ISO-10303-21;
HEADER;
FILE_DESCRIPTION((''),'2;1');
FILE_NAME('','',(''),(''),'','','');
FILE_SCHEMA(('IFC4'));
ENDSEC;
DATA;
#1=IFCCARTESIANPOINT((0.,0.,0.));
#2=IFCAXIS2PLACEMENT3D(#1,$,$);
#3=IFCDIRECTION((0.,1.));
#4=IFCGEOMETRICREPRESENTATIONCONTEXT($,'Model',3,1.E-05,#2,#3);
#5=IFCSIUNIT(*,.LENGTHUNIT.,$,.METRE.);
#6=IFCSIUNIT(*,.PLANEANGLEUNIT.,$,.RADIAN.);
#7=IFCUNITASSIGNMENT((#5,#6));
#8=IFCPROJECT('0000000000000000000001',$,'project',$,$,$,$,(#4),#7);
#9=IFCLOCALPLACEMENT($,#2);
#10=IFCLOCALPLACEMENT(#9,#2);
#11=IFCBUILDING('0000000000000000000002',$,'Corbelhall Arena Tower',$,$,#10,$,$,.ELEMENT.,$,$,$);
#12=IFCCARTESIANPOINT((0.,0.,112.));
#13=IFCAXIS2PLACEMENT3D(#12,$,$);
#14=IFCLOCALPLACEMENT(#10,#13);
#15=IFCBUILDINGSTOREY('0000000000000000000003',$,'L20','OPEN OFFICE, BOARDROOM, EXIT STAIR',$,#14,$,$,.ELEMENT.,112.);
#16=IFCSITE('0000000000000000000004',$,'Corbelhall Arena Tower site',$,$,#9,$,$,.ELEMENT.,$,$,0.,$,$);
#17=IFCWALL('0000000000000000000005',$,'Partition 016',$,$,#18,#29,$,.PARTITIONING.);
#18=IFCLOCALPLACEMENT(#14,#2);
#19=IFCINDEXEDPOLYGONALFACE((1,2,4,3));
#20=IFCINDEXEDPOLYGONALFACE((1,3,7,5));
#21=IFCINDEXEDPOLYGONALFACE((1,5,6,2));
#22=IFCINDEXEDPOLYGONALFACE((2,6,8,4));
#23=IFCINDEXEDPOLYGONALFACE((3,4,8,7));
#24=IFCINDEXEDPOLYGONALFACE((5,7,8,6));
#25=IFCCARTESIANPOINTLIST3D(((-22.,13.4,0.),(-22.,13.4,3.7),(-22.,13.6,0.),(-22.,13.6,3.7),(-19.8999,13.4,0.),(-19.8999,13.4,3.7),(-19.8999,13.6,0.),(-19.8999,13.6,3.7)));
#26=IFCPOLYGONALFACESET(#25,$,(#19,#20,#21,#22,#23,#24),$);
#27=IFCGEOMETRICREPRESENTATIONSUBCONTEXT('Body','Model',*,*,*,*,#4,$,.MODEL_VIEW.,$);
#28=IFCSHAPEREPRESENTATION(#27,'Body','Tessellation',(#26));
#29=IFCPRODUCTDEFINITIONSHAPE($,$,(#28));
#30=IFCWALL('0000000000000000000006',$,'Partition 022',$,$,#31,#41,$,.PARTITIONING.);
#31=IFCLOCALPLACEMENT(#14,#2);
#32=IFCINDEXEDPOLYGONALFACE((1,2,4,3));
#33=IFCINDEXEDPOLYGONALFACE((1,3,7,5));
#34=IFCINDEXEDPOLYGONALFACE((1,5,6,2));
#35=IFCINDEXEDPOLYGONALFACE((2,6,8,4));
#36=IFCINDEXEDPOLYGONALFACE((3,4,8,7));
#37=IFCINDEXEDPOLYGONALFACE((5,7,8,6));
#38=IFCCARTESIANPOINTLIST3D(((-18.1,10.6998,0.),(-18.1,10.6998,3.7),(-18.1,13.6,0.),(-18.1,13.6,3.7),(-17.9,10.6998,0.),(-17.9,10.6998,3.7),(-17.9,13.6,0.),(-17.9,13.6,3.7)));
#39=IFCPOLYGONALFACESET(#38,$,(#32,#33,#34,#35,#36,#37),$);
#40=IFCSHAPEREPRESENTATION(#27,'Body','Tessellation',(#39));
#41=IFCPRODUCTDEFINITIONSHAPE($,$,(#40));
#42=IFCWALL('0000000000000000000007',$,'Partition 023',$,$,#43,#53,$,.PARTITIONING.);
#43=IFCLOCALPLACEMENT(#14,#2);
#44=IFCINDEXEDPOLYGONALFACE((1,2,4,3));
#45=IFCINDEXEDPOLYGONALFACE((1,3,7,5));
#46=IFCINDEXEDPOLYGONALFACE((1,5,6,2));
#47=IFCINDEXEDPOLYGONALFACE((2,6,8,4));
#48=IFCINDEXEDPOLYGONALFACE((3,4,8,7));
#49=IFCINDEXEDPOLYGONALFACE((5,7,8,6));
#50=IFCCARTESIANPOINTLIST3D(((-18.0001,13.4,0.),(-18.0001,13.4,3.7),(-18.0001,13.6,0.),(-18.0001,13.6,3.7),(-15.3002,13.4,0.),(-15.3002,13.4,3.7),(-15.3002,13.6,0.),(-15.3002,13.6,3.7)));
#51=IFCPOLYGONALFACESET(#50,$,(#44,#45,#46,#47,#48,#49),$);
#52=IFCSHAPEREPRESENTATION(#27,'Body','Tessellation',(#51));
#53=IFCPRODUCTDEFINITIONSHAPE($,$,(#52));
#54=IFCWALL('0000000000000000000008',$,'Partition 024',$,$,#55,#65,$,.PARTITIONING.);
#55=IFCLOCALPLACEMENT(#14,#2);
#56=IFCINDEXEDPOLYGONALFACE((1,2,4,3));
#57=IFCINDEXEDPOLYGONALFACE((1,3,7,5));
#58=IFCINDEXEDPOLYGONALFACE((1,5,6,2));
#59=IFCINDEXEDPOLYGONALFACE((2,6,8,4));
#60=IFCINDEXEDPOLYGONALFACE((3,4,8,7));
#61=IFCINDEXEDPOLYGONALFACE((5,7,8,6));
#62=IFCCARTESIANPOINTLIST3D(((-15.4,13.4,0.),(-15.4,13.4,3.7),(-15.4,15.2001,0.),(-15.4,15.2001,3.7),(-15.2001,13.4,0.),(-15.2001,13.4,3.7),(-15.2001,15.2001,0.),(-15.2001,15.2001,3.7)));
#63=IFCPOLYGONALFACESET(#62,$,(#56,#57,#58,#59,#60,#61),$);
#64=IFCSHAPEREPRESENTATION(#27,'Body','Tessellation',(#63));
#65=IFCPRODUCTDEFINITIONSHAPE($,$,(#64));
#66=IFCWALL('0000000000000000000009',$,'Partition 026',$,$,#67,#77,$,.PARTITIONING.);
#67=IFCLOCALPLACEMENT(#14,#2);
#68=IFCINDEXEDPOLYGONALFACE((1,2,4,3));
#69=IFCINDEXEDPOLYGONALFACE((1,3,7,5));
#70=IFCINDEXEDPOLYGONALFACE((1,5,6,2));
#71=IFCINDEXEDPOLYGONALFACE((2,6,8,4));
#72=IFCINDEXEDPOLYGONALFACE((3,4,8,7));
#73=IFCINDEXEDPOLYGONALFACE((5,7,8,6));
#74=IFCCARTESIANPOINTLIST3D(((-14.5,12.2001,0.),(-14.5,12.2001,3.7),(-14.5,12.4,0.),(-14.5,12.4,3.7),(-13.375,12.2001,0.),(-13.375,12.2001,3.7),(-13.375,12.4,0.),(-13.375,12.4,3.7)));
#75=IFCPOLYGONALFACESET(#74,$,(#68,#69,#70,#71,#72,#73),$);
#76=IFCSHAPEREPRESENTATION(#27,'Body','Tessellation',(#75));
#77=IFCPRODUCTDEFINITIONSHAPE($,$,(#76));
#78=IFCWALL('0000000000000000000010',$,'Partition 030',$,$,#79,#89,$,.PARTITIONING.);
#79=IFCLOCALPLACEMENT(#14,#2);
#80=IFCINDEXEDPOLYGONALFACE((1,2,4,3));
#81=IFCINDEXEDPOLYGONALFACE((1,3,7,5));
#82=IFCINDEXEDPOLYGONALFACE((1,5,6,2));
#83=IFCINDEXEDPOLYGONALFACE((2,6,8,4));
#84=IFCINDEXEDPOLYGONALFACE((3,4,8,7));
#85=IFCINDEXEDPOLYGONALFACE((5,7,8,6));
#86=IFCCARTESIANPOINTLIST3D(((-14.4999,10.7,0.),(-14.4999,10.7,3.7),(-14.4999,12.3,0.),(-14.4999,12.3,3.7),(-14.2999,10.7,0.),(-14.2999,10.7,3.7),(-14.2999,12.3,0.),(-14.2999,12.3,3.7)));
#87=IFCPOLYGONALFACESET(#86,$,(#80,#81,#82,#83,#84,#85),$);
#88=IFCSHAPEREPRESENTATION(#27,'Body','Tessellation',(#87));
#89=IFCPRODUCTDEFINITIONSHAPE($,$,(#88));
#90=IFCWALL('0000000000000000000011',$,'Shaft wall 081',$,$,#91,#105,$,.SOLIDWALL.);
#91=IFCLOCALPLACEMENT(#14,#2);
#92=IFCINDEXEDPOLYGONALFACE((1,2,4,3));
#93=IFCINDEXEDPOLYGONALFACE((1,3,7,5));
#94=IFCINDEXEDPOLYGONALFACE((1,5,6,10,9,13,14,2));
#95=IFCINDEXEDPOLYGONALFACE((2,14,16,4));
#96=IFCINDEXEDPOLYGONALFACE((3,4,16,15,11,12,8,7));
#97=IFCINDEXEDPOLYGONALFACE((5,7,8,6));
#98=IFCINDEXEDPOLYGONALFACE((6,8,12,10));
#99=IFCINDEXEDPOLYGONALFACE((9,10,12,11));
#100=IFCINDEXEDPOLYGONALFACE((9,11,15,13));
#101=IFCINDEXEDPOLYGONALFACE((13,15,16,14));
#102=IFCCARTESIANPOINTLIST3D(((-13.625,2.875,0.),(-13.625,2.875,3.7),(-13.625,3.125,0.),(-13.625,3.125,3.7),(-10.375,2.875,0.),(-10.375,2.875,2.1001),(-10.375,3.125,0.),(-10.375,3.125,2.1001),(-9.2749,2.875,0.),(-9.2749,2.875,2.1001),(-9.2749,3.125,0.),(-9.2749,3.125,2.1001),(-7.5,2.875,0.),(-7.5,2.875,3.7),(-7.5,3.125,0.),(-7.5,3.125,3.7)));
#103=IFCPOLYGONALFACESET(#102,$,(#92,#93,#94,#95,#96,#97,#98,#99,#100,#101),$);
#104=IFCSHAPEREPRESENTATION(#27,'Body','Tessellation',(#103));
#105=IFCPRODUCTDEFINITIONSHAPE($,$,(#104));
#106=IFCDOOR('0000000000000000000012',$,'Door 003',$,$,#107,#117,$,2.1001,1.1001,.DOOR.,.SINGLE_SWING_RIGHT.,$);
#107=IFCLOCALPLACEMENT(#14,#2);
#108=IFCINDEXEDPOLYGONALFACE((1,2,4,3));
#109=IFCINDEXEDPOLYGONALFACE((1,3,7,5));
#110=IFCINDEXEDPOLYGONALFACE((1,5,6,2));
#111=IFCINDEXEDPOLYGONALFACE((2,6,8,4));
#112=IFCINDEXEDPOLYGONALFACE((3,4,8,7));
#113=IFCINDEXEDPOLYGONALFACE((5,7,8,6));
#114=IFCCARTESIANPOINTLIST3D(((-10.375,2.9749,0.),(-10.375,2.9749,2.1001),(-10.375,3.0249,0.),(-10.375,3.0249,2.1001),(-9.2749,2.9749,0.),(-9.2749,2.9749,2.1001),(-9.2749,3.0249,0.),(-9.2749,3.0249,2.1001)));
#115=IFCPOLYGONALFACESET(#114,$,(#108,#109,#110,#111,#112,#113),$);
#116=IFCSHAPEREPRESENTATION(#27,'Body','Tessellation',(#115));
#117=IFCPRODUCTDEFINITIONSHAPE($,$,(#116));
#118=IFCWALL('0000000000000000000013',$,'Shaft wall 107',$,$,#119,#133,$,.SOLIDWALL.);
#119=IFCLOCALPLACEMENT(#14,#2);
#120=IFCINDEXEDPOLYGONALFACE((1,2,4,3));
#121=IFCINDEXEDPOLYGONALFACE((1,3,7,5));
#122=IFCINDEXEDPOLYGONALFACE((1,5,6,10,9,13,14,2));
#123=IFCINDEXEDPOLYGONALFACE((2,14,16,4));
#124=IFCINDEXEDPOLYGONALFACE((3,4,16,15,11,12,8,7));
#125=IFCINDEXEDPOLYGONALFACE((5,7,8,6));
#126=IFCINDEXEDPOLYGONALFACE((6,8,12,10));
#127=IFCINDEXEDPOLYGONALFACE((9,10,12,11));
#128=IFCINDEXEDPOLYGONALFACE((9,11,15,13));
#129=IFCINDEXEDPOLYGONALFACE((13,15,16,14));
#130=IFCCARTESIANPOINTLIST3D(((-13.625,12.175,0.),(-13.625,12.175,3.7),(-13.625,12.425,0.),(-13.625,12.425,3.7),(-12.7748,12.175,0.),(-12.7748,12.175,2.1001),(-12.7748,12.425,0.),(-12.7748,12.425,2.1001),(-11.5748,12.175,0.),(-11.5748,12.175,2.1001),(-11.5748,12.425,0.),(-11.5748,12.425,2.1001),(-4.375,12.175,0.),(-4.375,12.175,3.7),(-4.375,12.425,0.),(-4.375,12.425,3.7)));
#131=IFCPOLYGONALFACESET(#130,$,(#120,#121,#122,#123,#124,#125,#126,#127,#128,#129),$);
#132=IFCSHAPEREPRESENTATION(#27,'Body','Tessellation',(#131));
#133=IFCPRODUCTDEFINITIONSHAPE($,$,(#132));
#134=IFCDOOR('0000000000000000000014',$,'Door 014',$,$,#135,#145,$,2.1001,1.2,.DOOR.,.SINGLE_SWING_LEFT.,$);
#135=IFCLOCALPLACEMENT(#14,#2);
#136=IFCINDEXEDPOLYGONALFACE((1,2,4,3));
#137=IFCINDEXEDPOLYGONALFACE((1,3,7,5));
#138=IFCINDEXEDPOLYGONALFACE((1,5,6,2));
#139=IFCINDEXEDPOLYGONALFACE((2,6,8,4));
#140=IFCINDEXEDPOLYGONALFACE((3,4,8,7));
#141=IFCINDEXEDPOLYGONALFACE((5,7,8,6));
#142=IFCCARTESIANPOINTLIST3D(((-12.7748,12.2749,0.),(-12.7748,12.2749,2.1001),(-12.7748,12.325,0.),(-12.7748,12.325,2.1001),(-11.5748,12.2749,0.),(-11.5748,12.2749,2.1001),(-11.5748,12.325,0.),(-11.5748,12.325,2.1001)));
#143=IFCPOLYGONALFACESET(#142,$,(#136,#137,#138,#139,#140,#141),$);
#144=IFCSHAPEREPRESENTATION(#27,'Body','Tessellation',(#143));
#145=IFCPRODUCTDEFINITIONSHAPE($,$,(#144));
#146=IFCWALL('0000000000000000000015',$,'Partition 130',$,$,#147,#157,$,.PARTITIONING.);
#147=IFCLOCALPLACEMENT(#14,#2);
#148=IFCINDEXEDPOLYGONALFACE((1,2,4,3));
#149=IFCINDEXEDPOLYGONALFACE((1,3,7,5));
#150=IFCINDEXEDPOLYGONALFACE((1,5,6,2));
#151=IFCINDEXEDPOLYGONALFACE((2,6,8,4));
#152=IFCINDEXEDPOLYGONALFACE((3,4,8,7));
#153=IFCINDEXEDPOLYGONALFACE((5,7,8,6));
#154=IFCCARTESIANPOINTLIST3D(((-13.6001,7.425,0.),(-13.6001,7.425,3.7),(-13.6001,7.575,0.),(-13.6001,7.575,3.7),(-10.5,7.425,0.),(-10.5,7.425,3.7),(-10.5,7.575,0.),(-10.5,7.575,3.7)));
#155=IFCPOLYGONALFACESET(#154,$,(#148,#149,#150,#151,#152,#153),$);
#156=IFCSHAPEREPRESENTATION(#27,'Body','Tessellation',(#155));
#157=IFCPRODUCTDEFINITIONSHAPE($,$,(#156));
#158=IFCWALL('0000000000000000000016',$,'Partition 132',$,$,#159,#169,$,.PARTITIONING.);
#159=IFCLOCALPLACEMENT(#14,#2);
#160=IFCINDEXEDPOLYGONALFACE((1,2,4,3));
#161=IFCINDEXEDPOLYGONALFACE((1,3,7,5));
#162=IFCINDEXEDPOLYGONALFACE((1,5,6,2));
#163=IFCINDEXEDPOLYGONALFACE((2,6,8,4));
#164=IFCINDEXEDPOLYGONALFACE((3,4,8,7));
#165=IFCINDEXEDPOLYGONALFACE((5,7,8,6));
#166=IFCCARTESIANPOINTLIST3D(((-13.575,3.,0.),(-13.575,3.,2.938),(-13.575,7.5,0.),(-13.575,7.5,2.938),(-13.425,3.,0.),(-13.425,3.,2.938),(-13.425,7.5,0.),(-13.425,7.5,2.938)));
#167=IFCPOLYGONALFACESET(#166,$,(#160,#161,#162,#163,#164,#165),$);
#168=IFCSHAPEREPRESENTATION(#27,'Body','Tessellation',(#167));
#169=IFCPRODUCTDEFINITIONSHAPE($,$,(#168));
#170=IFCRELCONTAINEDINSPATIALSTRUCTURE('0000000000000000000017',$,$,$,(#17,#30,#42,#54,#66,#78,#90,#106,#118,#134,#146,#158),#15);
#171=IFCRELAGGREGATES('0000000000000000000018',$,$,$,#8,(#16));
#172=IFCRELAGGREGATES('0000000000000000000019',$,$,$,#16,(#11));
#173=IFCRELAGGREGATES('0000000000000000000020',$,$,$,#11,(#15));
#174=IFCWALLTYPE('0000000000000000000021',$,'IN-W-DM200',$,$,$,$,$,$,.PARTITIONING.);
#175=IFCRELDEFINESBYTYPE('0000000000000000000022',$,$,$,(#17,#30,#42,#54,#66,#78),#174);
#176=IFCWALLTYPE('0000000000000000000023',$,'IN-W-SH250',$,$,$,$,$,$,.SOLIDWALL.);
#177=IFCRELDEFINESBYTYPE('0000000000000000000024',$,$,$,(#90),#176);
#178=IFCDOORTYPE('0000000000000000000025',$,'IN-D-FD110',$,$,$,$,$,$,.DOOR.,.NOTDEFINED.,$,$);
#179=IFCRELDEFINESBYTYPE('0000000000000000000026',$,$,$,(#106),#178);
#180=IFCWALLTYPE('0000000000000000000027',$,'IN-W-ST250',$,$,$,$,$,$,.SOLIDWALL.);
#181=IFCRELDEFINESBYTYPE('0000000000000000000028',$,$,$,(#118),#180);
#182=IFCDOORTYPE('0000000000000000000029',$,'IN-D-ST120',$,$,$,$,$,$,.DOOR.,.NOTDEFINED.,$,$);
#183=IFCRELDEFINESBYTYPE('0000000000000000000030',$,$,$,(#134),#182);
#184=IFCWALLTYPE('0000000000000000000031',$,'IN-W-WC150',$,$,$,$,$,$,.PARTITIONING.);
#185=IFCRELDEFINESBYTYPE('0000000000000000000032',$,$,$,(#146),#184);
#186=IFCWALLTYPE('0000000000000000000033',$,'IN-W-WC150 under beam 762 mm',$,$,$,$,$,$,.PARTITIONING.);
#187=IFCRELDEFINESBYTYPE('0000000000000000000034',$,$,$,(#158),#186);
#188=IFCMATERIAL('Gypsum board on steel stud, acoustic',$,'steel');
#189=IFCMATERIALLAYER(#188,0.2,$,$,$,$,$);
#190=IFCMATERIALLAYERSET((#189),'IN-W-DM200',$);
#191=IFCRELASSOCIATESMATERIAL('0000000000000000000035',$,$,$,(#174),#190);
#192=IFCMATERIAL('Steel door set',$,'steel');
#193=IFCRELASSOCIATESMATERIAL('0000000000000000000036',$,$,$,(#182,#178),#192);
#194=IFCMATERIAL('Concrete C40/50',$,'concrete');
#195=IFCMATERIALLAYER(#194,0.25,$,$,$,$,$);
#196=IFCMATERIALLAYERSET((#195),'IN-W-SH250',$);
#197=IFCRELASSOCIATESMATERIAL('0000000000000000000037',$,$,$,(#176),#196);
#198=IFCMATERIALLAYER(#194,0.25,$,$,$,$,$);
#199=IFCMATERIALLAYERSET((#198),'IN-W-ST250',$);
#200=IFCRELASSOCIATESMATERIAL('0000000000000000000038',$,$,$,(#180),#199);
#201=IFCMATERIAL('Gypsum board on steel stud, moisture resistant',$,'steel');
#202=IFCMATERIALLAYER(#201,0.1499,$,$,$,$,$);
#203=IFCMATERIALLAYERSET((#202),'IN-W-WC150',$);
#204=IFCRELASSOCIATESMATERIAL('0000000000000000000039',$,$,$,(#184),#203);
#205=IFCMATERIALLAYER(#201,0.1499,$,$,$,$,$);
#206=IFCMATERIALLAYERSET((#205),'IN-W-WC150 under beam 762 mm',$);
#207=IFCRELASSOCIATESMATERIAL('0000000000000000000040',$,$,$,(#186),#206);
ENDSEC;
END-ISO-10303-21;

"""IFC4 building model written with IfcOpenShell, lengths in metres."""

from ifc_helpers import new_model, si_unit, direction, frame, frame_2d, origin, place, context, subcontext, project, spatial, rectangle, extrude, material, layer, layer_set, type_object, element, fill, save


model = new_model("IFC4")

# Units and contexts
model_context = context("Model", 3, precision=1e-05, world=origin(), true_north=direction((0.0, 1.0)))
body_context = subcontext(model_context, "Body", "Model", "MODEL_VIEW")
ifc_project = project(units=[si_unit("LENGTHUNIT", "METRE"), si_unit("PLANEANGLEUNIT", "RADIAN")], contexts=[model_context])

# Site, building, storey
site_placement = place(None, origin())
site = spatial("IfcSite", under=ifc_project, at=site_placement, Name="Corbelhall Arena Tower site", CompositionType="ELEMENT", RefElevation=0.0)
building_placement = place(site_placement, origin())
building = spatial("IfcBuilding", under=site, at=building_placement, Name="Corbelhall Arena Tower", CompositionType="ELEMENT")
storey_placement = place(building_placement, frame((0.0, 0.0, 112.0)))
storey = spatial("IfcBuildingStorey", under=building, at=storey_placement, Name="L20", Description="OPEN OFFICE, BOARDROOM, EXIT STAIR", CompositionType="ELEMENT", Elevation=112.0)

# Wall
ifc_material_1 = material(Name="Gypsum board on steel stud, acoustic", Category="steel")
ifc_layer_1 = layer(ifc_material_1, 0.2)
ifc_layer_set_1 = layer_set([ifc_layer_1], Name="IN-W-DM200")
wall_type_1 = type_object("IfcWallType", Name="IN-W-DM200", PredefinedType="PARTITIONING", material=ifc_layer_set_1)
wall_1_placement = place(storey_placement, frame((-19.8999, 13.5, 0.0), z_axis=(0.0, 0.0, 1.0), x_axis=(-1.0, 0.0, 0.0)))
element("IfcWall", 1, at=wall_1_placement, inside=storey, type_object=wall_type_1, Name="Partition 016", PredefinedType="PARTITIONING", context=body_context, shape_type="SweptSolid", body=[
    extrude(rectangle(XDim=2.1001, YDim=0.2, at=frame_2d((1.05, 0.0))), origin(), (0.0, 0.0, 1.0), 3.7),
])

# Shared definitions
ifc_material_2 = material(Name="Steel door set", Category="steel")

# Walls
wall_2_placement = place(storey_placement, frame((-18.0, 13.6001, 0.0), z_axis=(0.0, 0.0, 1.0), x_axis=(0.0, -1.0, 0.0)))
element("IfcWall", 2, at=wall_2_placement, inside=storey, type_object=wall_type_1, Name="Partition 022", PredefinedType="PARTITIONING", context=body_context, shape_type="SweptSolid", body=[
    extrude(rectangle(XDim=2.9001, YDim=0.2, at=frame_2d((1.4502, 0.0))), origin(), (0.0, 0.0, 1.0), 3.7),
])
wall_3_placement = place(storey_placement, frame((-15.3, 13.5, 0.0), z_axis=(0.0, 0.0, 1.0), x_axis=(-1.0, 0.0, 0.0)))
element("IfcWall", 3, at=wall_3_placement, inside=storey, type_object=wall_type_1, Name="Partition 023", PredefinedType="PARTITIONING", context=body_context, shape_type="SweptSolid", body=[
    extrude(rectangle(XDim=2.7, YDim=0.2, at=frame_2d((1.3501, 0.0))), origin(), (0.0, 0.0, 1.0), 3.7),
])
wall_4_placement = place(storey_placement, frame((-15.3, 15.2, 0.0), z_axis=(0.0, 0.0, 1.0), x_axis=(0.0, -1.0, 0.0)))
element("IfcWall", 4, at=wall_4_placement, inside=storey, type_object=wall_type_1, Name="Partition 024", PredefinedType="PARTITIONING", context=body_context, shape_type="SweptSolid", body=[
    extrude(rectangle(XDim=1.8, YDim=0.2, at=frame_2d((0.8999, 0.0))), origin(), (0.0, 0.0, 1.0), 3.7),
])
wall_5_placement = place(storey_placement, frame((-14.5, 12.3, 0.0), z_axis=(0.0, 0.0, 1.0), x_axis=(1.0, 0.0, 0.0)))
element("IfcWall", 5, at=wall_5_placement, inside=storey, type_object=wall_type_1, Name="Partition 026", PredefinedType="PARTITIONING", context=body_context, shape_type="SweptSolid", body=[
    extrude(rectangle(XDim=1.125, YDim=0.2, at=frame_2d((0.5625, 0.0))), origin(), (0.0, 0.0, 1.0), 3.7),
])
wall_6_placement = place(storey_placement, frame((-14.3999, 10.7, 0.0), z_axis=(0.0, 0.0, 1.0), x_axis=(0.0, 1.0, 0.0)))
element("IfcWall", 6, at=wall_6_placement, inside=storey, type_object=wall_type_1, Name="Partition 030", PredefinedType="PARTITIONING", context=body_context, shape_type="SweptSolid", body=[
    extrude(rectangle(XDim=1.6001, YDim=0.2, at=frame_2d((0.8, 0.0))), origin(), (0.0, 0.0, 1.0), 3.7),
])

# Walls, openings, doors
ifc_material_3 = material(Name="Concrete C40/50", Category="concrete")
door_type_1 = type_object("IfcDoorType", Name="IN-D-ST120", OperationType="NOTDEFINED", PredefinedType="DOOR", material=ifc_material_2)
door_type_2 = type_object("IfcDoorType", Name="IN-D-FD110", OperationType="NOTDEFINED", PredefinedType="DOOR", material=ifc_material_2)
ifc_layer_2 = layer(ifc_material_3, 0.25)
ifc_layer_set_2 = layer_set([ifc_layer_2], Name="IN-W-SH250")
wall_type_2 = type_object("IfcWallType", Name="IN-W-SH250", PredefinedType="SOLIDWALL", material=ifc_layer_set_2)
wall_7_placement = place(storey_placement, frame((-13.625, 3.0, 0.0), z_axis=(0.0, 0.0, 1.0), x_axis=(1.0, 0.0, 0.0)))
wall_7 = element("IfcWall", 7, at=wall_7_placement, inside=storey, type_object=wall_type_2, Name="Shaft wall 081", PredefinedType="SOLIDWALL", context=body_context, shape_type="SweptSolid", body=[
    extrude(rectangle(XDim=6.125, YDim=0.25, at=frame_2d((3.0625, 0.0))), origin(), (0.0, 0.0, 1.0), 3.7),
])
opening_1_placement = place(wall_7_placement, frame((3.25, 0.0, 0.0)))
opening_1 = element("IfcOpeningElement", 8, at=opening_1_placement, cuts=wall_7, PredefinedType="OPENING", context=body_context, shape_type="SweptSolid", body=[
    extrude(rectangle(XDim=1.1001, YDim=2.1001, at=frame_2d((0.55, 1.05))), frame((0.0, 0.125, 0.0), z_axis=(0.0, -1.0, 0.0), x_axis=(1.0, 0.0, 0.0)), (0.0, 0.0, 1.0), 0.25),
])
door_1_placement = place(opening_1_placement, origin())
door_1 = element("IfcDoor", 9, at=door_1_placement, inside=storey, type_object=door_type_2, Name="Door 003", OperationType="SINGLE_SWING_RIGHT", OverallHeight=2.1001, OverallWidth=1.1001, PredefinedType="DOOR", context=body_context, shape_type="SweptSolid", body=[
    extrude(rectangle(XDim=1.1001, YDim=2.1001, at=frame_2d((0.55, 1.05))), frame((0.0, 0.0249, 0.0), z_axis=(0.0, -1.0, 0.0), x_axis=(1.0, 0.0, 0.0)), (0.0, 0.0, 1.0), 0.05),
])
fill(opening_1, door_1)
ifc_layer_3 = layer(ifc_material_3, 0.25)
ifc_layer_set_3 = layer_set([ifc_layer_3], Name="IN-W-ST250")
wall_type_3 = type_object("IfcWallType", Name="IN-W-ST250", PredefinedType="SOLIDWALL", material=ifc_layer_set_3)
wall_8_placement = place(storey_placement, frame((-13.625, 12.3, 0.0), z_axis=(0.0, 0.0, 1.0), x_axis=(1.0, 0.0, 0.0)))
wall_8 = element("IfcWall", 10, at=wall_8_placement, inside=storey, type_object=wall_type_3, Name="Shaft wall 107", PredefinedType="SOLIDWALL", context=body_context, shape_type="SweptSolid", body=[
    extrude(rectangle(XDim=9.25, YDim=0.25, at=frame_2d((4.625, 0.0))), origin(), (0.0, 0.0, 1.0), 3.7),
])
opening_2_placement = place(wall_8_placement, frame((0.8501, 0.0, 0.0)))
opening_2 = element("IfcOpeningElement", 11, at=opening_2_placement, cuts=wall_8, PredefinedType="OPENING", context=body_context, shape_type="SweptSolid", body=[
    extrude(rectangle(XDim=1.2, YDim=2.1001, at=frame_2d((0.6001, 1.05))), frame((0.0, 0.125, 0.0), z_axis=(0.0, -1.0, 0.0), x_axis=(1.0, 0.0, 0.0)), (0.0, 0.0, 1.0), 0.25),
])
door_2_placement = place(opening_2_placement, origin())
door_2 = element("IfcDoor", 12, at=door_2_placement, inside=storey, type_object=door_type_1, Name="Door 014", OperationType="SINGLE_SWING_LEFT", OverallHeight=2.1001, OverallWidth=1.2, PredefinedType="DOOR", context=body_context, shape_type="SweptSolid", body=[
    extrude(rectangle(XDim=1.2, YDim=2.1001, at=frame_2d((0.6001, 1.05))), frame((0.0, 0.0249, 0.0), z_axis=(0.0, -1.0, 0.0), x_axis=(1.0, 0.0, 0.0)), (0.0, 0.0, 1.0), 0.05),
])
fill(opening_2, door_2)

# Walls
ifc_material_4 = material(Name="Gypsum board on steel stud, moisture resistant", Category="steel")
ifc_layer_4 = layer(ifc_material_4, 0.1499)
ifc_layer_set_4 = layer_set([ifc_layer_4], Name="IN-W-WC150")
wall_type_4 = type_object("IfcWallType", Name="IN-W-WC150", PredefinedType="PARTITIONING", material=ifc_layer_set_4)
wall_9_placement = place(storey_placement, frame((-13.6001, 7.5, 0.0), z_axis=(0.0, 0.0, 1.0), x_axis=(1.0, 0.0, 0.0)))
element("IfcWall", 13, at=wall_9_placement, inside=storey, type_object=wall_type_4, Name="Partition 130", PredefinedType="PARTITIONING", context=body_context, shape_type="SweptSolid", body=[
    extrude(rectangle(XDim=3.1001, YDim=0.1499, at=frame_2d((1.55, 0.0))), origin(), (0.0, 0.0, 1.0), 3.7),
])
ifc_layer_5 = layer(ifc_material_4, 0.1499)
ifc_layer_set_5 = layer_set([ifc_layer_5], Name="IN-W-WC150 under beam 762 mm")
wall_type_5 = type_object("IfcWallType", Name="IN-W-WC150 under beam 762 mm", PredefinedType="PARTITIONING", material=ifc_layer_set_5)
wall_10_placement = place(storey_placement, frame((-13.5, 3.0, 0.0), z_axis=(0.0, 0.0, 1.0), x_axis=(0.0, 1.0, 0.0)))
element("IfcWall", 14, at=wall_10_placement, inside=storey, type_object=wall_type_5, Name="Partition 132", PredefinedType="PARTITIONING", context=body_context, shape_type="SweptSolid", body=[
    extrude(rectangle(XDim=4.5, YDim=0.1499, at=frame_2d((2.25, 0.0))), origin(), (0.0, 0.0, 1.0), 2.938),
])

save(model, "model.ifc")
